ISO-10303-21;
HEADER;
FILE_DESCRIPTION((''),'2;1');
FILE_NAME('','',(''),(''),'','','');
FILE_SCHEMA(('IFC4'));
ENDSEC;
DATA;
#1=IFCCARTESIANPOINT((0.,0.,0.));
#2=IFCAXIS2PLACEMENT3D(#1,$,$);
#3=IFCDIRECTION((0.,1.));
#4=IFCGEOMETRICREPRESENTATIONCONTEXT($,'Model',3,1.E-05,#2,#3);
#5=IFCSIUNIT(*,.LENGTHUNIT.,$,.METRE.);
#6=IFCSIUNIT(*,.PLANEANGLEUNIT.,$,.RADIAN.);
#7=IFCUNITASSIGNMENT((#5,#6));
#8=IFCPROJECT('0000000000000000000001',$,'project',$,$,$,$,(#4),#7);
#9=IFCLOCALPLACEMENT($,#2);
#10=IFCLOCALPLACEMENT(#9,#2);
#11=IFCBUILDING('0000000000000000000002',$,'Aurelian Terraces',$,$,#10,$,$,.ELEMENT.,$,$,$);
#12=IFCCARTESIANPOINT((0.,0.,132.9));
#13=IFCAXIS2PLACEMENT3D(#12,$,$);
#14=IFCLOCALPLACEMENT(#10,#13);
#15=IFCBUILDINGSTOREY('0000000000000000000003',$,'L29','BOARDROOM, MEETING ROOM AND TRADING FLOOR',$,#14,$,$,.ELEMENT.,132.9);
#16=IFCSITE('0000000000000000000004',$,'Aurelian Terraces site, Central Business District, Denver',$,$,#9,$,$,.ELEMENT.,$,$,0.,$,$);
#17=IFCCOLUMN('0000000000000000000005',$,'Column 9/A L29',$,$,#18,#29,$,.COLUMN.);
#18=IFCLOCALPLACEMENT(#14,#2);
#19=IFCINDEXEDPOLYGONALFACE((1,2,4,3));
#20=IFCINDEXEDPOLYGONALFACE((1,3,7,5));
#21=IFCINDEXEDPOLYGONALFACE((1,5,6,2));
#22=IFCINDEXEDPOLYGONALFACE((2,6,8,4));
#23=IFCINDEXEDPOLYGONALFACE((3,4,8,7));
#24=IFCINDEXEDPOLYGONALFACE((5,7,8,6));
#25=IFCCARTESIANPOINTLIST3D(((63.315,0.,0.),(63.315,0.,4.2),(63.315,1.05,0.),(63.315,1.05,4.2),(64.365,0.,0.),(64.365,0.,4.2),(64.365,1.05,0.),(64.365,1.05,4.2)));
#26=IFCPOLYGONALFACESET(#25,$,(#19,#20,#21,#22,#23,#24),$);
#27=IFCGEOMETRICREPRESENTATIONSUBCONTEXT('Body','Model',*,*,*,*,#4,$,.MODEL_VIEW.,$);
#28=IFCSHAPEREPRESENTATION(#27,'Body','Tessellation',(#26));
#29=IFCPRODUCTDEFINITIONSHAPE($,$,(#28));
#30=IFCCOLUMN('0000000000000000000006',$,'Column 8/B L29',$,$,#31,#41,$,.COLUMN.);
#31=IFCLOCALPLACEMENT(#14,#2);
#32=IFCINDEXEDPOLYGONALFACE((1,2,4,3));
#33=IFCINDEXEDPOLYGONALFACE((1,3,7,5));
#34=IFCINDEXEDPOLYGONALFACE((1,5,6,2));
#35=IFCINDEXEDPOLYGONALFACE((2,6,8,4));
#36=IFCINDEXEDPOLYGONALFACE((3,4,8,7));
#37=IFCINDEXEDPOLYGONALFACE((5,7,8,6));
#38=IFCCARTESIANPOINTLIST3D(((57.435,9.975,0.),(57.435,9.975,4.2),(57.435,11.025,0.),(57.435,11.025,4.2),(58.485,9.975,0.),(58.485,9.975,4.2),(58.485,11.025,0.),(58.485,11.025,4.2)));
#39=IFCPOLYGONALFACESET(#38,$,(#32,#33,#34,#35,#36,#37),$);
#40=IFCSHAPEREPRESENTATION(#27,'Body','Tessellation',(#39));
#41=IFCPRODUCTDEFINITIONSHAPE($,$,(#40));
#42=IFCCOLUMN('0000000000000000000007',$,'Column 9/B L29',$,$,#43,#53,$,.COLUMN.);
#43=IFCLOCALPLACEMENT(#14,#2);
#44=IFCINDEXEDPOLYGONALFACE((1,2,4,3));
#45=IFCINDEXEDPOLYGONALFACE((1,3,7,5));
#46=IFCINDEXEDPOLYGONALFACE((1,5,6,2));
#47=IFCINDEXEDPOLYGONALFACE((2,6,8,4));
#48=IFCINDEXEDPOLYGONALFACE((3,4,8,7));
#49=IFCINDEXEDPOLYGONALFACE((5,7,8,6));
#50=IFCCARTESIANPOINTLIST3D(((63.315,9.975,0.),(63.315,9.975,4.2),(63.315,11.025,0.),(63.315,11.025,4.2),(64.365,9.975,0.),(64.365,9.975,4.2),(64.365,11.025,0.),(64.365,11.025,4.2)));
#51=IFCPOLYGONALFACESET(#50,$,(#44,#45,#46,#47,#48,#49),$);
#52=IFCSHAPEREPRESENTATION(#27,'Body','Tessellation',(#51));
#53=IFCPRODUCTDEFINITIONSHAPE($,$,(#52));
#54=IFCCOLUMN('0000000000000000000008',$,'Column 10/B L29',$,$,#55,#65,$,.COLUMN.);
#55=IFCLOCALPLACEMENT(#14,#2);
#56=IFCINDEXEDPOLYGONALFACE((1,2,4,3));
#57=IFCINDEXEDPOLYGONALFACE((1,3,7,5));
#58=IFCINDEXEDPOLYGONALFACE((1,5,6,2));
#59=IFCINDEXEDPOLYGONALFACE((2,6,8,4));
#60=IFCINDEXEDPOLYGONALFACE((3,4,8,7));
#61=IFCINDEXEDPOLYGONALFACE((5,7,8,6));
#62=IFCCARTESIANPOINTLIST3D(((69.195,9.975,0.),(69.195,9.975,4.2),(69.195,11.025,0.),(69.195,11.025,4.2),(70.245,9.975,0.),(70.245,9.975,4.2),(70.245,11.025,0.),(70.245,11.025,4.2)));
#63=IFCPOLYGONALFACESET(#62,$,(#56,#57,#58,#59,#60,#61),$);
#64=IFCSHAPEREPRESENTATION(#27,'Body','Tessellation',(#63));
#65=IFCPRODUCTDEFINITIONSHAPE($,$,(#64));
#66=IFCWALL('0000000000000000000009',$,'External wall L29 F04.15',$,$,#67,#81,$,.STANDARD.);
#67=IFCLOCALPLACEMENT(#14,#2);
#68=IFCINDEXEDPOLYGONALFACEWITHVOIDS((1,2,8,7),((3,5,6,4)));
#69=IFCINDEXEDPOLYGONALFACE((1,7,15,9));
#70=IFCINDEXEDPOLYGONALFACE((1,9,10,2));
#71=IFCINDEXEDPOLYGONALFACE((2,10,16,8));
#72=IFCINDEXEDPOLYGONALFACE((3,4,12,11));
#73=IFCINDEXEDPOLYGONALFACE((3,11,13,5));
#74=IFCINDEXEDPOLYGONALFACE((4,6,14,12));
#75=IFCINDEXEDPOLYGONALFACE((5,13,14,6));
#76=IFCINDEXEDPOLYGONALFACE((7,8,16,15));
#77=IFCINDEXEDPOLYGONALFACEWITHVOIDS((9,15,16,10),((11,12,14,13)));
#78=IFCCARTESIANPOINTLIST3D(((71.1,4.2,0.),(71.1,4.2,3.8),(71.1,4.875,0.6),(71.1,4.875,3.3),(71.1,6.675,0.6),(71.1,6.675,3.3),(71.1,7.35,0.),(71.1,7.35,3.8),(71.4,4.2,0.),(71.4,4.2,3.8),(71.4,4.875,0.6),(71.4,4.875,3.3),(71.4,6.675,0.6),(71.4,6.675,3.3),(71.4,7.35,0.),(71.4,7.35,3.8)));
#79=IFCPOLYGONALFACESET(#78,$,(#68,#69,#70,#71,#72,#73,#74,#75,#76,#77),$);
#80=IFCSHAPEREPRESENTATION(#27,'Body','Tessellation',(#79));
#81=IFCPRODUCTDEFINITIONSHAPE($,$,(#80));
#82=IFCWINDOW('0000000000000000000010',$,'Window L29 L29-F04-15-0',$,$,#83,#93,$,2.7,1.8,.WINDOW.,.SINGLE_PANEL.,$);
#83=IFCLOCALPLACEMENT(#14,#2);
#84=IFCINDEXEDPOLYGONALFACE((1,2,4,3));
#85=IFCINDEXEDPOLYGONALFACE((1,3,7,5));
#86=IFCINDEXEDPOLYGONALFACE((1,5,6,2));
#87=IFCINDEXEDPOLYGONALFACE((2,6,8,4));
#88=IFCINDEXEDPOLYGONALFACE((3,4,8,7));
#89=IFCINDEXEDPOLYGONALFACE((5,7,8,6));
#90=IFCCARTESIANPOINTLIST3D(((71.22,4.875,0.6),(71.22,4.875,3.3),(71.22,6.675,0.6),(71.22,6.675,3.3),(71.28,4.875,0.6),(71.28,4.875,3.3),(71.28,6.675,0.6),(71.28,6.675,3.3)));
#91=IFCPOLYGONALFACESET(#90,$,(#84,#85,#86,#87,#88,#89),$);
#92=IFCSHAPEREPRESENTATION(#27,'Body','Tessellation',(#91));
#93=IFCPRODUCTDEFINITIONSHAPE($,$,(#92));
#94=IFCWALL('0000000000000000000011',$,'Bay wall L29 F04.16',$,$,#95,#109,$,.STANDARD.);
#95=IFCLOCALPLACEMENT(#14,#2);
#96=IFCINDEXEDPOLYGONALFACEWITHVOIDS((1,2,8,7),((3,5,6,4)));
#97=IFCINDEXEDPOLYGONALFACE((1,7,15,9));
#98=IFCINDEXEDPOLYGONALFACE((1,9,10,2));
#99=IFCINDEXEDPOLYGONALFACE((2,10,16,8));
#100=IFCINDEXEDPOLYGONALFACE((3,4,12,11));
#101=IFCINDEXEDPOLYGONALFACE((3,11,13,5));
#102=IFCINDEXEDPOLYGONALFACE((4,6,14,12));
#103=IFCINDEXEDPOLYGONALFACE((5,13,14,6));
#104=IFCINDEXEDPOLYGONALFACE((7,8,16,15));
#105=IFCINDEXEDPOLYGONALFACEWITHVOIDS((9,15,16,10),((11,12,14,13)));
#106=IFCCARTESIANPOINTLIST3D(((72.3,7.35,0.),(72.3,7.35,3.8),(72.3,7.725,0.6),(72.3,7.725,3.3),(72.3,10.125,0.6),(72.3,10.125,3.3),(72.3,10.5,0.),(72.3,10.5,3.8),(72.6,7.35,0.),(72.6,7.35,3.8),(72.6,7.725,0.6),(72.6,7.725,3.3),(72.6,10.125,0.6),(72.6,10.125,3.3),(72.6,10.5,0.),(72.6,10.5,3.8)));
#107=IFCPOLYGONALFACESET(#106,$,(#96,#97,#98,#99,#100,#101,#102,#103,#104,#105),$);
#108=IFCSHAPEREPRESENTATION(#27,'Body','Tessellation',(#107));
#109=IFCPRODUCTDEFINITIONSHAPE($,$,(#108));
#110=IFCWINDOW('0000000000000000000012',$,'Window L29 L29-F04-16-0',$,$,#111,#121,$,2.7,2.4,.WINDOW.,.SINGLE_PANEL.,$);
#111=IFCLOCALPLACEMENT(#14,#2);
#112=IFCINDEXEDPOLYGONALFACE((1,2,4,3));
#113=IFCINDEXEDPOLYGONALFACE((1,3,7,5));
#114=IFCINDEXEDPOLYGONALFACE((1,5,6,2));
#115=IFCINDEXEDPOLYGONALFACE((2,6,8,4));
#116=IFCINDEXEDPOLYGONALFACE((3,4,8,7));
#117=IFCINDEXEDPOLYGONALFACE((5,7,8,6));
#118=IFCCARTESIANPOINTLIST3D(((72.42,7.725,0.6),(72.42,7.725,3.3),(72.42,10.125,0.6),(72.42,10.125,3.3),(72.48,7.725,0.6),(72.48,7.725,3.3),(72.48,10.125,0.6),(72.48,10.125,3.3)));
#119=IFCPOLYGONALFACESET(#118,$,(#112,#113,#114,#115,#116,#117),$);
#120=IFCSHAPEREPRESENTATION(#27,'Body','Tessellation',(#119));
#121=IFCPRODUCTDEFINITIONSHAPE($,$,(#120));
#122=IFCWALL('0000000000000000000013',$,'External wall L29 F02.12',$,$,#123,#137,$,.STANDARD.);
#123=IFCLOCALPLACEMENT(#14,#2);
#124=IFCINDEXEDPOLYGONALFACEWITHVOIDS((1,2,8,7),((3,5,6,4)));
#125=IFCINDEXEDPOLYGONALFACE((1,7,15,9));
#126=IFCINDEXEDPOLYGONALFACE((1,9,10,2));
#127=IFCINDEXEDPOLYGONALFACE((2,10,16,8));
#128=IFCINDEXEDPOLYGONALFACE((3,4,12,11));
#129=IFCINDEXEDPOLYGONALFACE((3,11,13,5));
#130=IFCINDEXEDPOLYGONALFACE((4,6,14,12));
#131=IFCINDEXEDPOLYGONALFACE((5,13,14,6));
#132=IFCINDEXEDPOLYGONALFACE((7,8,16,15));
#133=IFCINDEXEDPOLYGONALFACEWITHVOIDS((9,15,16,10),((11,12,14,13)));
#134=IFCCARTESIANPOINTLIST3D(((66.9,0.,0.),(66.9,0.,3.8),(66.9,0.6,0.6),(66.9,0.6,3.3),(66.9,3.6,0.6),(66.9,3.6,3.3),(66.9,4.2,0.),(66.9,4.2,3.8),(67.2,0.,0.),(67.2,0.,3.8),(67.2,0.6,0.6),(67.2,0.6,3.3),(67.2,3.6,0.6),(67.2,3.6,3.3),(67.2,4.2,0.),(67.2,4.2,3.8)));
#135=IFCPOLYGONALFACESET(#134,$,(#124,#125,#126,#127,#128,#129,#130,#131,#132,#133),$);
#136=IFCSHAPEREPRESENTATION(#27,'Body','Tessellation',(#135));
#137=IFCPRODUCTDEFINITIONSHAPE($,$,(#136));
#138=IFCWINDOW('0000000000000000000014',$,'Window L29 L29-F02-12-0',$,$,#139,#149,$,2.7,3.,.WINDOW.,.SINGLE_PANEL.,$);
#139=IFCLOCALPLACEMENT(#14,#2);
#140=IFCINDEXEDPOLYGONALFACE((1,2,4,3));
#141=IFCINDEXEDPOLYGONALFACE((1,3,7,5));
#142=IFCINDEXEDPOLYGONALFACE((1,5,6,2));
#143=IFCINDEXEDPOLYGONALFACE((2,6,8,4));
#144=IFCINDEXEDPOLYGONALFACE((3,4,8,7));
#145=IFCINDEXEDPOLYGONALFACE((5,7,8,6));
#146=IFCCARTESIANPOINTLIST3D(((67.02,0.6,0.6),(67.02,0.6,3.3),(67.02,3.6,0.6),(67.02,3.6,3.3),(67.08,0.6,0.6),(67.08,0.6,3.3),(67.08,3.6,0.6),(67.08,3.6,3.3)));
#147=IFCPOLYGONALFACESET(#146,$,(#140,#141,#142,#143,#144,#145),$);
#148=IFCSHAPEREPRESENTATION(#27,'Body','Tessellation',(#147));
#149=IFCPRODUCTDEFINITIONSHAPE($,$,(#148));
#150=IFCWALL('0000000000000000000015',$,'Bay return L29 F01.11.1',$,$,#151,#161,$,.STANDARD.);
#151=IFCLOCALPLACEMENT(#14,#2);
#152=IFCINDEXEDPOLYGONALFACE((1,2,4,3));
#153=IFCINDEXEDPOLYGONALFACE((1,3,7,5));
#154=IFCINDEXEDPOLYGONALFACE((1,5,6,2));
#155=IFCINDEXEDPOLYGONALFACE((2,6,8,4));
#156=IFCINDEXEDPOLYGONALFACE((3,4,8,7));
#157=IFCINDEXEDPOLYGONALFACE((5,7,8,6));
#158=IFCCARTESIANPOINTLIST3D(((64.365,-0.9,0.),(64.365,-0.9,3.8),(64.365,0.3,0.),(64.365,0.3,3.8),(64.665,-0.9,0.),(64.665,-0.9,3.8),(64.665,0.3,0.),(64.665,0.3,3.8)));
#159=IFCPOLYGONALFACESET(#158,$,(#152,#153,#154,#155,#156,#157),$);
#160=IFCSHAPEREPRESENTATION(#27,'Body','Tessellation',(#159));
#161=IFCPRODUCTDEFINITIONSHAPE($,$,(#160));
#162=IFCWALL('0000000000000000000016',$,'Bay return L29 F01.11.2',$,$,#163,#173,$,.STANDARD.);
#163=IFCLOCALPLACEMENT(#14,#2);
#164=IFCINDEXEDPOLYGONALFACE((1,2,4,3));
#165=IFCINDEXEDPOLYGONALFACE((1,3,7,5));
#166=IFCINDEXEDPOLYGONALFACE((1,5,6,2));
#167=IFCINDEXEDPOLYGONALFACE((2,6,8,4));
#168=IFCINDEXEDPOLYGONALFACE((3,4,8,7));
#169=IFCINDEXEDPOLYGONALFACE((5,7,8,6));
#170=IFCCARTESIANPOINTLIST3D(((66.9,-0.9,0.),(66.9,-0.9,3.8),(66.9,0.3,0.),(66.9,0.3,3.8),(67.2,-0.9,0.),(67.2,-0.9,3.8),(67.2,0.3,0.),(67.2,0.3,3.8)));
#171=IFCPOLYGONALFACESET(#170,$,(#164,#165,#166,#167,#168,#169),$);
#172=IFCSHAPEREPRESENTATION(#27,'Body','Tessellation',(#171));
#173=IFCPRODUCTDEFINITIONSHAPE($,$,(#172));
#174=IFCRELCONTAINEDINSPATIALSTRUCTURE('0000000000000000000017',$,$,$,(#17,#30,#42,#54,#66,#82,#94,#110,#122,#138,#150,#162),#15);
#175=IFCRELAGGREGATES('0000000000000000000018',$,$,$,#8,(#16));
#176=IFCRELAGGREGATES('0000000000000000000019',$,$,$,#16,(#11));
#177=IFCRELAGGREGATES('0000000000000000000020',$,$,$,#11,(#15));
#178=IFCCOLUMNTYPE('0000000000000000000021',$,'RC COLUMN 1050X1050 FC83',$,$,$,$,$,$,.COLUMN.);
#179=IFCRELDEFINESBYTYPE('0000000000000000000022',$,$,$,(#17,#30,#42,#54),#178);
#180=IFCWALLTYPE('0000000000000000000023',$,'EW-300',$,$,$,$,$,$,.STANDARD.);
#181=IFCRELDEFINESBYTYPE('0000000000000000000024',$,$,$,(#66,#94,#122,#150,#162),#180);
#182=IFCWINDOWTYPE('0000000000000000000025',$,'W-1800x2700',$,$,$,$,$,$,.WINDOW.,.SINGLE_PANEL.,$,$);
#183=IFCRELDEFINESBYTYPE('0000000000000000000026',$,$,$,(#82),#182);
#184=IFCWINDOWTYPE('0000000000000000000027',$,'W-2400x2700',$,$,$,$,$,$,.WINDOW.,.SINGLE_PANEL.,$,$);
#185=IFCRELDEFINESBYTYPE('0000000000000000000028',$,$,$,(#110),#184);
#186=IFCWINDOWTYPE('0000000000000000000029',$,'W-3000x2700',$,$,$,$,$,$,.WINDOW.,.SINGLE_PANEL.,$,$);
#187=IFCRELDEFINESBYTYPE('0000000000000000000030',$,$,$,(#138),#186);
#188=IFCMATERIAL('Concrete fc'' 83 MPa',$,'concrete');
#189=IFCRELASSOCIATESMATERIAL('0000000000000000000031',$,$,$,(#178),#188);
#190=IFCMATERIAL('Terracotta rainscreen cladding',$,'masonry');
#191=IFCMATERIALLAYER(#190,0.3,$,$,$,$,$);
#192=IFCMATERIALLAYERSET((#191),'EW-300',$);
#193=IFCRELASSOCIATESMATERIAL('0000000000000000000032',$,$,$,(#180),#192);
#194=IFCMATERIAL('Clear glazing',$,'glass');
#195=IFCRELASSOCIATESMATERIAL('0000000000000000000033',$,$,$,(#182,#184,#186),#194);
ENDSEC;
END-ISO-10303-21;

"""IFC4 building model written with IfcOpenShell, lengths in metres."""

from ifc_helpers import new_model, si_unit, direction, frame, frame_2d, origin, origin_2d, place, context, subcontext, project, spatial, rectangle, extrude, source, transform, mapped, material, layer, layer_set, material_profile, profile_set, type_object, element, fill, save


model = new_model("IFC4")

# Units and contexts
model_context = context("Model", 3, precision=1e-05, world=origin(), true_north=direction((0.0, 1.0)))
body_context = subcontext(model_context, "Body", "Model", "MODEL_VIEW")
ifc_project = project(units=[si_unit("LENGTHUNIT", "METRE"), si_unit("PLANEANGLEUNIT", "RADIAN")], contexts=[model_context])

# Site, building, storey
site_placement = place(None, origin())
site = spatial("IfcSite", under=ifc_project, at=site_placement, Name="Aurelian Terraces site, Central Business District, Denver", CompositionType="ELEMENT", RefElevation=0.0)
building_placement = place(site_placement, origin())
building = spatial("IfcBuilding", under=site, at=building_placement, Name="Aurelian Terraces", CompositionType="ELEMENT")
storey_placement = place(building_placement, frame((0.0, 0.0, 132.9)))
storey = spatial("IfcBuildingStorey", under=building, at=storey_placement, Name="L29", Description="BOARDROOM, MEETING ROOM AND TRADING FLOOR", CompositionType="ELEMENT", Elevation=132.9)

# Columns
ifc_material_1 = material(Name="Concrete fc' 83 MPa", Category="concrete")
ifc_material_profile = material_profile(ifc_material_1, rectangle(XDim=1.05, YDim=1.05, at=origin_2d()))
ifc_profile_set = profile_set([ifc_material_profile], Name="Concrete fc' 83 MPa")
column_type = type_object("IfcColumnType", Name="RC COLUMN 1050X1050 FC83", PredefinedType="COLUMN", material=ifc_profile_set)
shared_shape_1 = source(origin(), body_context, "Body", "SweptSolid", [
    extrude(rectangle(XDim=1.05, YDim=1.05, at=origin_2d()), origin(), (0.0, 0.0, 1.0), 4.2),
])
for number, where, z_axis, x_axis, name in (
    (1, (63.84, 0.525, 0.0), (0.0, 0.0, 1.0), (1.0, 0.0, 0.0), "Column 9/A L29"),
    (2, (57.96, 10.5, 0.0), (0.0, 0.0, 1.0), (1.0, 0.0, 0.0), "Column 8/B L29"),
    (3, (63.84, 10.5, 0.0), (0.0, 0.0, 1.0), (1.0, 0.0, 0.0), "Column 9/B L29"),
    (4, (69.72, 10.5, 0.0), (0.0, 0.0, 1.0), (1.0, 0.0, 0.0), "Column 10/B L29"),
):
    element("IfcColumn", number, at=place(storey_placement, frame(where, z_axis=z_axis, x_axis=x_axis)), inside=storey, type_object=column_type, Name=name, PredefinedType="COLUMN", context=body_context, shape_type="MappedRepresentation", body=[
        mapped(shared_shape_1, transform((0.0, 0.0, 0.0), scale=1.0)),
    ])

# Walls, openings, windows
ifc_material_2 = material(Name="Terracotta rainscreen cladding", Category="masonry")
ifc_layer_1 = layer(ifc_material_2, 0.3)
ifc_layer_set_1 = layer_set([ifc_layer_1], Name="EW-300")
wall_type_1 = type_object("IfcWallType", Name="EW-300", PredefinedType="STANDARD", material=ifc_layer_set_1)
shared_shape_2 = source(origin(), body_context, "Body", "SweptSolid", [
    extrude(rectangle(XDim=3.15, YDim=0.3, at=frame_2d((1.575, 0.0))), origin(), (0.0, 0.0, 1.0), 3.8),
])
wall_1_placement = place(storey_placement, frame((71.25, 4.2, 0.0), z_axis=(0.0, 0.0, 1.0), x_axis=(0.0, 1.0, 0.0)))
wall_1 = element("IfcWall", 5, at=wall_1_placement, inside=storey, type_object=wall_type_1, Name="External wall L29 F04.15", PredefinedType="STANDARD", context=body_context, shape_type="MappedRepresentation", body=[
    mapped(shared_shape_2, transform((0.0, 0.0, 0.0), scale=1.0)),
])
shared_shape_3 = source(origin(), body_context, "Body", "SweptSolid", [
    extrude(rectangle(XDim=1.8, YDim=2.7, at=frame_2d((0.9, 1.35))), frame((0.0, 0.16, 0.0), z_axis=(0.0, -1.0, 0.0), x_axis=(1.0, 0.0, 0.0)), (0.0, 0.0, 1.0), 0.32),
])
opening_1_placement = place(wall_1_placement, frame((0.675, 0.0, 0.6)))
opening_1 = element("IfcOpeningElement", 6, at=opening_1_placement, cuts=wall_1, PredefinedType="OPENING", context=body_context, shape_type="MappedRepresentation", body=[
    mapped(shared_shape_3, transform((0.0, 0.0, 0.0), scale=1.0)),
])
ifc_material_3 = material(Name="Clear glazing", Category="glass")
window_type_1 = type_object("IfcWindowType", Name="W-1800x2700", PartitioningType="SINGLE_PANEL", PredefinedType="WINDOW", material=ifc_material_3)
shared_shape_4 = source(origin(), body_context, "Body", "SweptSolid", [
    extrude(rectangle(XDim=1.8, YDim=2.7, at=frame_2d((0.9, 1.35))), frame((0.0, 0.03, 0.0), z_axis=(0.0, -1.0, 0.0), x_axis=(1.0, 0.0, 0.0)), (0.0, 0.0, 1.0), 0.06),
])
window_1_placement = place(opening_1_placement, origin())
window_1 = element("IfcWindow", 7, at=window_1_placement, inside=storey, type_object=window_type_1, Name="Window L29 L29-F04-15-0", OverallHeight=2.7, OverallWidth=1.8, PartitioningType="SINGLE_PANEL", PredefinedType="WINDOW", context=body_context, shape_type="MappedRepresentation", body=[
    mapped(shared_shape_4, transform((0.0, 0.0, 0.0), scale=1.0)),
])
fill(opening_1, window_1)
wall_2_placement = place(storey_placement, frame((72.45, 7.35, 0.0), z_axis=(0.0, 0.0, 1.0), x_axis=(0.0, 1.0, 0.0)))
wall_2 = element("IfcWall", 8, at=wall_2_placement, inside=storey, type_object=wall_type_1, Name="Bay wall L29 F04.16", PredefinedType="STANDARD", context=body_context, shape_type="MappedRepresentation", body=[
    mapped(shared_shape_2, transform((0.0, 0.0, 0.0), scale=1.0)),
])
shared_shape_5 = source(origin(), body_context, "Body", "SweptSolid", [
    extrude(rectangle(XDim=2.4, YDim=2.7, at=frame_2d((1.2, 1.35))), frame((0.0, 0.16, 0.0), z_axis=(0.0, -1.0, 0.0), x_axis=(1.0, 0.0, 0.0)), (0.0, 0.0, 1.0), 0.32),
])
opening_2_placement = place(wall_2_placement, frame((0.375, 0.0, 0.6)))
opening_2 = element("IfcOpeningElement", 9, at=opening_2_placement, cuts=wall_2, PredefinedType="OPENING", context=body_context, shape_type="MappedRepresentation", body=[
    mapped(shared_shape_5, transform((0.0, 0.0, 0.0), scale=1.0)),
])
window_type_2 = type_object("IfcWindowType", Name="W-2400x2700", PartitioningType="SINGLE_PANEL", PredefinedType="WINDOW", material=ifc_material_3)
shared_shape_6 = source(origin(), body_context, "Body", "SweptSolid", [
    extrude(rectangle(XDim=2.4, YDim=2.7, at=frame_2d((1.2, 1.35))), frame((0.0, 0.03, 0.0), z_axis=(0.0, -1.0, 0.0), x_axis=(1.0, 0.0, 0.0)), (0.0, 0.0, 1.0), 0.06),
])
window_2_placement = place(opening_2_placement, origin())
window_2 = element("IfcWindow", 10, at=window_2_placement, inside=storey, type_object=window_type_2, Name="Window L29 L29-F04-16-0", OverallHeight=2.7, OverallWidth=2.4, PartitioningType="SINGLE_PANEL", PredefinedType="WINDOW", context=body_context, shape_type="MappedRepresentation", body=[
    mapped(shared_shape_6, transform((0.0, 0.0, 0.0), scale=1.0)),
])
fill(opening_2, window_2)
shared_shape_7 = source(origin(), body_context, "Body", "SweptSolid", [
    extrude(rectangle(XDim=4.2, YDim=0.3, at=frame_2d((2.1, 0.0))), origin(), (0.0, 0.0, 1.0), 3.8),
])
wall_3_placement = place(storey_placement, frame((67.05, 0.0, 0.0), z_axis=(0.0, 0.0, 1.0), x_axis=(0.0, 1.0, 0.0)))
wall_3 = element("IfcWall", 11, at=wall_3_placement, inside=storey, type_object=wall_type_1, Name="External wall L29 F02.12", PredefinedType="STANDARD", context=body_context, shape_type="MappedRepresentation", body=[
    mapped(shared_shape_7, transform((0.0, 0.0, 0.0), scale=1.0)),
])
shared_shape_8 = source(origin(), body_context, "Body", "SweptSolid", [
    extrude(rectangle(XDim=3.0, YDim=2.7, at=frame_2d((1.5, 1.35))), frame((0.0, 0.16, 0.0), z_axis=(0.0, -1.0, 0.0), x_axis=(1.0, 0.0, 0.0)), (0.0, 0.0, 1.0), 0.32),
])
opening_3_placement = place(wall_3_placement, frame((0.6, 0.0, 0.6)))
opening_3 = element("IfcOpeningElement", 12, at=opening_3_placement, cuts=wall_3, PredefinedType="OPENING", context=body_context, shape_type="MappedRepresentation", body=[
    mapped(shared_shape_8, transform((0.0, 0.0, 0.0), scale=1.0)),
])
window_type_3 = type_object("IfcWindowType", Name="W-3000x2700", PartitioningType="SINGLE_PANEL", PredefinedType="WINDOW", material=ifc_material_3)
shared_shape_9 = source(origin(), body_context, "Body", "SweptSolid", [
    extrude(rectangle(XDim=3.0, YDim=2.7, at=frame_2d((1.5, 1.35))), frame((0.0, 0.03, 0.0), z_axis=(0.0, -1.0, 0.0), x_axis=(1.0, 0.0, 0.0)), (0.0, 0.0, 1.0), 0.06),
])
window_3_placement = place(opening_3_placement, origin())
window_3 = element("IfcWindow", 13, at=window_3_placement, inside=storey, type_object=window_type_3, Name="Window L29 L29-F02-12-0", OverallHeight=2.7, OverallWidth=3.0, PartitioningType="SINGLE_PANEL", PredefinedType="WINDOW", context=body_context, shape_type="MappedRepresentation", body=[
    mapped(shared_shape_9, transform((0.0, 0.0, 0.0), scale=1.0)),
])
fill(opening_3, window_3)

# Walls
shared_shape_10 = source(origin(), body_context, "Body", "SweptSolid", [
    extrude(rectangle(XDim=1.2, YDim=0.3, at=frame_2d((0.6, 0.0))), origin(), (0.0, 0.0, 1.0), 3.8),
])
for number, where, z_axis, x_axis, name in (
    (14, (64.515, 0.3, 0.0), (0.0, 0.0, 1.0), (0.0, -1.0, 0.0), "Bay return L29 F01.11.1"),
    (15, (67.05, 0.3, 0.0), (0.0, 0.0, 1.0), (0.0, -1.0, 0.0), "Bay return L29 F01.11.2"),
):
    element("IfcWall", number, at=place(storey_placement, frame(where, z_axis=z_axis, x_axis=x_axis)), inside=storey, type_object=wall_type_1, Name=name, PredefinedType="STANDARD", context=body_context, shape_type="MappedRepresentation", body=[
        mapped(shared_shape_10, transform((0.0, 0.0, 0.0), scale=1.0)),
    ])

save(model, "model.ifc")
